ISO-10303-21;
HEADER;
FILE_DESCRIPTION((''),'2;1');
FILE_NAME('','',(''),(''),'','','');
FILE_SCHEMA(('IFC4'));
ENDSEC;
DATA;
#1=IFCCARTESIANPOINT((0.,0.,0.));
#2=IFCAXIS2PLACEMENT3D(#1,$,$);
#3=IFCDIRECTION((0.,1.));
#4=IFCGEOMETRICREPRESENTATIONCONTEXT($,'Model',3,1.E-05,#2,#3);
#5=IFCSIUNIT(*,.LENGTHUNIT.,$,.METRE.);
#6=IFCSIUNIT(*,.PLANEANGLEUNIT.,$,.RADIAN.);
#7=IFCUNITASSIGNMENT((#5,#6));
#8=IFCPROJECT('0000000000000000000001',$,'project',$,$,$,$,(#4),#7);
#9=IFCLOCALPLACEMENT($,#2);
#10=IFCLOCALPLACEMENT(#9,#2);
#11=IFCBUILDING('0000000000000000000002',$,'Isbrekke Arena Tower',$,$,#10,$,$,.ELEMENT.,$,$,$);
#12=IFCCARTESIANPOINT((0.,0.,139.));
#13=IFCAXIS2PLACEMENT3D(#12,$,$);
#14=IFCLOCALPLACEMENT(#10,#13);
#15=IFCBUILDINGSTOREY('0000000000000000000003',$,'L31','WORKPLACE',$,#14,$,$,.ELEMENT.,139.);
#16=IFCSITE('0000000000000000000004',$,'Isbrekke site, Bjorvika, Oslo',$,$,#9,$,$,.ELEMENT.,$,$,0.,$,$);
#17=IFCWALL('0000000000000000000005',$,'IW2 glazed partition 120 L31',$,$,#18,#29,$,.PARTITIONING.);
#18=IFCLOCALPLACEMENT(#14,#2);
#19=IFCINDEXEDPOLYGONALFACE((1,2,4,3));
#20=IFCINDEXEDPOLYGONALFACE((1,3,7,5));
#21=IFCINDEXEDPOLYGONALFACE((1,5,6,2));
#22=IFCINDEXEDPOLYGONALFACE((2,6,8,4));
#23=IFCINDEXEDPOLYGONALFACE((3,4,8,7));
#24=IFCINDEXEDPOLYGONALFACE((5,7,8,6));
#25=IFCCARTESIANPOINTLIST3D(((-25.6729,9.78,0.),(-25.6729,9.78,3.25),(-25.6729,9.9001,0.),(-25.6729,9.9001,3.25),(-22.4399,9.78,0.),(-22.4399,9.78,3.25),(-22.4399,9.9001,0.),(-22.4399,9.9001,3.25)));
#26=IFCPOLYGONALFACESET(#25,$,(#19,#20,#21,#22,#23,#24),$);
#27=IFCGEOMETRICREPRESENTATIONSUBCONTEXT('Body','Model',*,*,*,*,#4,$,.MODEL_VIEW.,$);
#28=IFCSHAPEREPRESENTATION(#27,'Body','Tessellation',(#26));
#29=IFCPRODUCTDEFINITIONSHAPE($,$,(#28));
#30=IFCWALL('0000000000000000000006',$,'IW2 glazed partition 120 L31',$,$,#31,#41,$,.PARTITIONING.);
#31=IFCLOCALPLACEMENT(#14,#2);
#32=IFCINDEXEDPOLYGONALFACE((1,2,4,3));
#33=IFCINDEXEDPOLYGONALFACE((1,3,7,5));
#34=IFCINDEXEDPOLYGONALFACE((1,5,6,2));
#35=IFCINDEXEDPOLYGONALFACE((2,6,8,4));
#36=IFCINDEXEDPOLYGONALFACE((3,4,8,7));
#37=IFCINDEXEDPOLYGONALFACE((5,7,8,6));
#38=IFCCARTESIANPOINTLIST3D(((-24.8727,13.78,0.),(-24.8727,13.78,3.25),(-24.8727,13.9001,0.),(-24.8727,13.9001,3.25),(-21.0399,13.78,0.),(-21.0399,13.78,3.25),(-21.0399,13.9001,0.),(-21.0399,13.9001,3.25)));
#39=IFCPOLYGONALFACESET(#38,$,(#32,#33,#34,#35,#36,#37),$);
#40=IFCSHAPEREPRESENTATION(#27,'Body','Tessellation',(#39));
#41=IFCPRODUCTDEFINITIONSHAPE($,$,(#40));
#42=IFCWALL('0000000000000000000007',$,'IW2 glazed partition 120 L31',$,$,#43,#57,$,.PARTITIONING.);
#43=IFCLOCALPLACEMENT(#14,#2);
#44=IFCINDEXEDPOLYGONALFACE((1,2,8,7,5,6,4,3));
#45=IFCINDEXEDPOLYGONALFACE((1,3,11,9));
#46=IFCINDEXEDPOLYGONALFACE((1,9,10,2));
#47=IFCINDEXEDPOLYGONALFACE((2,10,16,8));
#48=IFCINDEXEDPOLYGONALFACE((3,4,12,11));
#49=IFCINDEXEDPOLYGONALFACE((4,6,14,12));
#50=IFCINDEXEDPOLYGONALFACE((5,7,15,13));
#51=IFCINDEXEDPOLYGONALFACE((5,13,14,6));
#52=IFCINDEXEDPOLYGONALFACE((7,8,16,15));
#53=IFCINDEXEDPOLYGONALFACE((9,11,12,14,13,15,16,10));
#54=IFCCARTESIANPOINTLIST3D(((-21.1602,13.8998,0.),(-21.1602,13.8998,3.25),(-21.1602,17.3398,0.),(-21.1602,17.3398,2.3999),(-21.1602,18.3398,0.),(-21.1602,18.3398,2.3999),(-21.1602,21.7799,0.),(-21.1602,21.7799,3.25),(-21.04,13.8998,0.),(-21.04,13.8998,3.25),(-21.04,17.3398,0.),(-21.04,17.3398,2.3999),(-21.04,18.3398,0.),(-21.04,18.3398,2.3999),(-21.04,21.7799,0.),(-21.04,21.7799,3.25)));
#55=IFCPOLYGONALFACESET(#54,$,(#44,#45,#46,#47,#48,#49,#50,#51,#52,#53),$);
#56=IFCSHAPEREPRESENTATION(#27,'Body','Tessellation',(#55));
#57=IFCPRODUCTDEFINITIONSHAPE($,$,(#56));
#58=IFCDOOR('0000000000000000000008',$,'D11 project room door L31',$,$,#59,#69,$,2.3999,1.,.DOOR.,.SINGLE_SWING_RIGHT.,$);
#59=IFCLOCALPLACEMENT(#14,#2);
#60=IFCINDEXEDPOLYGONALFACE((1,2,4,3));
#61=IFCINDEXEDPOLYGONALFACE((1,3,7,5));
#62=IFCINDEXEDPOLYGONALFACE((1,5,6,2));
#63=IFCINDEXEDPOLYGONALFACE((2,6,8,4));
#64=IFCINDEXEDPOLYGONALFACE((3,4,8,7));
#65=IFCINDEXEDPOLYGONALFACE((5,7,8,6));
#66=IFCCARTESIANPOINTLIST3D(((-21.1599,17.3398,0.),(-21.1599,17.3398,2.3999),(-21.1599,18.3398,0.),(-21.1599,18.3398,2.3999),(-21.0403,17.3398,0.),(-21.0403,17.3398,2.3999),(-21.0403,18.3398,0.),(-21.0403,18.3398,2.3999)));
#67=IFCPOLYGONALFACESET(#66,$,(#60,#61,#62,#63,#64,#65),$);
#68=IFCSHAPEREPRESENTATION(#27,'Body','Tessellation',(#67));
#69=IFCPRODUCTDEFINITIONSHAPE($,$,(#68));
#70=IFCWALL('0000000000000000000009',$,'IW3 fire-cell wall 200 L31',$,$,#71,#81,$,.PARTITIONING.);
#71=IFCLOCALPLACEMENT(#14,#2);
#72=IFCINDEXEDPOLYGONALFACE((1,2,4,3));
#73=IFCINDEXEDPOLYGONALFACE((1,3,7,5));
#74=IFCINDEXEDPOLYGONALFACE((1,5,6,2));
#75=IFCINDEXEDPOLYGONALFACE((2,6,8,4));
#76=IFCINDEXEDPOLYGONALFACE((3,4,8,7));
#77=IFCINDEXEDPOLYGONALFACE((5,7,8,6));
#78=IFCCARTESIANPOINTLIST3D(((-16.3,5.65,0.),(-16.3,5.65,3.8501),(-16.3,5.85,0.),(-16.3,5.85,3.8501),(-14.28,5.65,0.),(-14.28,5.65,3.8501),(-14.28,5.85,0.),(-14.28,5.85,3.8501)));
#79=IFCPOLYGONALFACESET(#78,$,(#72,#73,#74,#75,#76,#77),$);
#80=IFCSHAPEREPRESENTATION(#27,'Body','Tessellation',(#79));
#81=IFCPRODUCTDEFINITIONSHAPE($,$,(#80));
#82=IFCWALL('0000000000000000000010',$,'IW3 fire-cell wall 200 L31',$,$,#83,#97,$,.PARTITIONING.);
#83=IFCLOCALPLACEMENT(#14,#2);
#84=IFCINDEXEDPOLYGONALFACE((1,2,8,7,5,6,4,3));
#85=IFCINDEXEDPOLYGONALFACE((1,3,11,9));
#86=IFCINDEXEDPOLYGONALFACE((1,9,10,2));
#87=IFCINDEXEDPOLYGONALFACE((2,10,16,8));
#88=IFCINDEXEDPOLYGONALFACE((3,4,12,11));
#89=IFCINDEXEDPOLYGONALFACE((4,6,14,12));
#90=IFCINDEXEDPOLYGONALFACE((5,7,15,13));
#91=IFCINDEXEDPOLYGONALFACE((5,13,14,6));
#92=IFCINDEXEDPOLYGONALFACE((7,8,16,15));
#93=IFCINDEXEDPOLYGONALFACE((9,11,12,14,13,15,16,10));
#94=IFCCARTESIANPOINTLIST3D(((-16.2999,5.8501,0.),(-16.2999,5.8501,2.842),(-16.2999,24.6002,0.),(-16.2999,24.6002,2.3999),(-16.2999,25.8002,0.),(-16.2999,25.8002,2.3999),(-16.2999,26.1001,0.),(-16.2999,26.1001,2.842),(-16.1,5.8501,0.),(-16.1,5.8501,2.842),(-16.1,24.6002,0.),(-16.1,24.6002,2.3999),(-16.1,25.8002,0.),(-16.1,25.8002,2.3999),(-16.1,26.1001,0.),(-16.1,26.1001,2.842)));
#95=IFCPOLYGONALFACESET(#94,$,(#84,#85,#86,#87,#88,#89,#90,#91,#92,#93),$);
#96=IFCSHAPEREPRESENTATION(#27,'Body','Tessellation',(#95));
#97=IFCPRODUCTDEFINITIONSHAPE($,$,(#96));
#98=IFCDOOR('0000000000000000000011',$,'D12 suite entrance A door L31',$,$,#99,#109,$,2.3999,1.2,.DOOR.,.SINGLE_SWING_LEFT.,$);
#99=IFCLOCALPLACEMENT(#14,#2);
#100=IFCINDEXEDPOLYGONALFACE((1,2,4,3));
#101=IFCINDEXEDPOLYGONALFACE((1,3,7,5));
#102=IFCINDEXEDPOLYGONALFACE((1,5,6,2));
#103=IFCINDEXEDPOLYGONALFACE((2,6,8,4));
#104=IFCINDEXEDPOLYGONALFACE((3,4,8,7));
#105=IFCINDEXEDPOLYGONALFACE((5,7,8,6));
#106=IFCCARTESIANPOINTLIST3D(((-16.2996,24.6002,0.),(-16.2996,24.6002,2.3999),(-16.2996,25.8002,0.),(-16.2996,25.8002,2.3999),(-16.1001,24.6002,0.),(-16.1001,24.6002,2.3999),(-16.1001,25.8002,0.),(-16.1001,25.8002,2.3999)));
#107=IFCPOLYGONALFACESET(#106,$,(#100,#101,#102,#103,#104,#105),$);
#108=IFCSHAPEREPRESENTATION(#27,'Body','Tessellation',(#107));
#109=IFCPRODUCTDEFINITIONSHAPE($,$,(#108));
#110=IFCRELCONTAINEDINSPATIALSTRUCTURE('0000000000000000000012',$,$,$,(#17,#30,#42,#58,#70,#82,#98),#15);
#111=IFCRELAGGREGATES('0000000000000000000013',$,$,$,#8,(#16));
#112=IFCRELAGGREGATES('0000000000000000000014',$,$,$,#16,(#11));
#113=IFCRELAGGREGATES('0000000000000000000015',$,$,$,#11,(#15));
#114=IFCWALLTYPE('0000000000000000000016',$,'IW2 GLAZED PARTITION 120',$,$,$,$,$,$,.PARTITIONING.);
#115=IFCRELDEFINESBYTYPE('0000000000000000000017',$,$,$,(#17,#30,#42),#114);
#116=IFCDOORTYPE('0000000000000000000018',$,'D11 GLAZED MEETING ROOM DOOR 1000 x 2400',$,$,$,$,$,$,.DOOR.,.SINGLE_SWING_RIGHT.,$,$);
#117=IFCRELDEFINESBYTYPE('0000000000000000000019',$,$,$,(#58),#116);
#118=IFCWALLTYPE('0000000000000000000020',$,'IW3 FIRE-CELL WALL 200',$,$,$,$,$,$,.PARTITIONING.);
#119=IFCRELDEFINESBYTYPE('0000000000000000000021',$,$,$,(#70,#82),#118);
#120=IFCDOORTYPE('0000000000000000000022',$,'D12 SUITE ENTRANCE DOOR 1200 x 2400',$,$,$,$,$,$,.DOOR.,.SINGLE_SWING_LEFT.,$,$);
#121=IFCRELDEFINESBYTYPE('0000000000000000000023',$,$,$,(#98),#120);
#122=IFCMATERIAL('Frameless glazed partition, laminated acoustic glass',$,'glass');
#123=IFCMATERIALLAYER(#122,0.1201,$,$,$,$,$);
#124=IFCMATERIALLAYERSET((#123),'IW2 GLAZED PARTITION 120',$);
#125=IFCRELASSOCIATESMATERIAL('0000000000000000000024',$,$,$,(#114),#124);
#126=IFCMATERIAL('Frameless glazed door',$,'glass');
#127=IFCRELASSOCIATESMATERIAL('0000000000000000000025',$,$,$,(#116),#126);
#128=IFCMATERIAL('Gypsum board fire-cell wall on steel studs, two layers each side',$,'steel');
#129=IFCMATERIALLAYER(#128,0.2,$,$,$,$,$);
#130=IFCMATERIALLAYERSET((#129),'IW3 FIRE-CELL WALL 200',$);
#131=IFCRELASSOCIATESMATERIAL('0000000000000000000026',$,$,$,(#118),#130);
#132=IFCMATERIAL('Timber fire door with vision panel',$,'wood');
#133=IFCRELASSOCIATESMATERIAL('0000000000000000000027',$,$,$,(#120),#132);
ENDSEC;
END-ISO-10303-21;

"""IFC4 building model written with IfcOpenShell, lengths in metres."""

from ifc_helpers import new_model, si_unit, direction, frame, frame_2d, origin, place, context, subcontext, project, spatial, rectangle, extrude, material, layer, layer_set, type_object, element, fill, save


model = new_model("IFC4")

# Units and contexts
model_context = context("Model", 3, precision=1e-05, world=origin(), true_north=direction((0.0, 1.0)))
body_context = subcontext(model_context, "Body", "Model", "MODEL_VIEW")
ifc_project = project(units=[si_unit("LENGTHUNIT", "METRE"), si_unit("PLANEANGLEUNIT", "RADIAN")], contexts=[model_context])

# Site, building, storey
site_placement = place(None, origin())
site = spatial("IfcSite", under=ifc_project, at=site_placement, Name="Isbrekke site, Bjorvika, Oslo", CompositionType="ELEMENT", RefElevation=0.0)
building_placement = place(site_placement, origin())
building = spatial("IfcBuilding", under=site, at=building_placement, Name="Isbrekke Arena Tower", CompositionType="ELEMENT")
storey_placement = place(building_placement, frame((0.0, 0.0, 139.0)))
storey = spatial("IfcBuildingStorey", under=building, at=storey_placement, Name="L31", Description="WORKPLACE", CompositionType="ELEMENT", Elevation=139.0)

# Walls
ifc_material_1 = material(Name="Frameless glazed partition, laminated acoustic glass", Category="glass")
ifc_layer_1 = layer(ifc_material_1, 0.1201)
ifc_layer_set_1 = layer_set([ifc_layer_1], Name="IW2 GLAZED PARTITION 120")
wall_type_1 = type_object("IfcWallType", Name="IW2 GLAZED PARTITION 120", PredefinedType="PARTITIONING", material=ifc_layer_set_1)
wall_1_placement = place(storey_placement, frame((-25.6729, 9.8401, 0.0), z_axis=(0.0, 0.0, 1.0), x_axis=(1.0, 0.0, 0.0)))
element("IfcWall", 1, at=wall_1_placement, inside=storey, type_object=wall_type_1, Name="IW2 glazed partition 120 L31", PredefinedType="PARTITIONING", context=body_context, shape_type="SweptSolid", body=[
    extrude(rectangle(XDim=3.2329, YDim=0.1201, at=frame_2d((1.6165, 0.0))), origin(), (0.0, 0.0, 1.0), 3.25),
])
wall_2_placement = place(storey_placement, frame((-24.8728, 13.8401, 0.0), z_axis=(0.0, 0.0, 1.0), x_axis=(1.0, 0.0, 0.0)))
element("IfcWall", 2, at=wall_2_placement, inside=storey, type_object=wall_type_1, Name="IW2 glazed partition 120 L31", PredefinedType="PARTITIONING", context=body_context, shape_type="SweptSolid", body=[
    extrude(rectangle(XDim=3.8328, YDim=0.1201, at=frame_2d((1.9165, 0.0))), origin(), (0.0, 0.0, 1.0), 3.25),
])

# Wall, opening, door
wall_3_placement = place(storey_placement, frame((-21.1001, 13.8999, 0.0), z_axis=(0.0, 0.0, 1.0), x_axis=(0.0, 1.0, 0.0)))
wall_3 = element("IfcWall", 3, at=wall_3_placement, inside=storey, type_object=wall_type_1, Name="IW2 glazed partition 120 L31", PredefinedType="PARTITIONING", context=body_context, shape_type="SweptSolid", body=[
    extrude(rectangle(XDim=7.8801, YDim=0.1201, at=frame_2d((3.9399, 0.0))), origin(), (0.0, 0.0, 1.0), 3.25),
])
opening_1_placement = place(wall_3_placement, frame((3.4399, 0.0, 0.0)))
opening_1 = element("IfcOpeningElement", 4, at=opening_1_placement, cuts=wall_3, PredefinedType="OPENING", context=body_context, shape_type="SweptSolid", body=[
    extrude(rectangle(XDim=1.0, YDim=2.3999, at=frame_2d((0.5, 1.2))), frame((0.0, 0.075, 0.0), z_axis=(0.0, -1.0, 0.0), x_axis=(1.0, 0.0, 0.0)), (0.0, 0.0, 1.0), 0.1499),
])
ifc_material_2 = material(Name="Frameless glazed door", Category="glass")
door_type_1 = type_object("IfcDoorType", Name="D11 GLAZED MEETING ROOM DOOR 1000 x 2400", OperationType="SINGLE_SWING_RIGHT", PredefinedType="DOOR", material=ifc_material_2)
door_1_placement = place(opening_1_placement, origin())
door_1 = element("IfcDoor", 5, at=door_1_placement, inside=storey, type_object=door_type_1, Name="D11 project room door L31", OperationType="SINGLE_SWING_RIGHT", OverallHeight=2.3999, OverallWidth=1.0, PredefinedType="DOOR", context=body_context, shape_type="SweptSolid", body=[
    extrude(rectangle(XDim=1.0, YDim=2.3999, at=frame_2d((0.5, 1.2))), frame((0.0, 0.0598, 0.0), z_axis=(0.0, -1.0, 0.0), x_axis=(1.0, 0.0, 0.0)), (0.0, 0.0, 1.0), 0.1196),
])
fill(opening_1, door_1)

# Wall
ifc_material_3 = material(Name="Gypsum board fire-cell wall on steel studs, two layers each side", Category="steel")
ifc_layer_2 = layer(ifc_material_3, 0.2)
ifc_layer_set_2 = layer_set([ifc_layer_2], Name="IW3 FIRE-CELL WALL 200")
wall_type_2 = type_object("IfcWallType", Name="IW3 FIRE-CELL WALL 200", PredefinedType="PARTITIONING", material=ifc_layer_set_2)
wall_4_placement = place(storey_placement, frame((-16.3, 5.75, 0.0), z_axis=(0.0, 0.0, 1.0), x_axis=(1.0, 0.0, 0.0)))
element("IfcWall", 6, at=wall_4_placement, inside=storey, type_object=wall_type_2, Name="IW3 fire-cell wall 200 L31", PredefinedType="PARTITIONING", context=body_context, shape_type="SweptSolid", body=[
    extrude(rectangle(XDim=2.02, YDim=0.2, at=frame_2d((1.01, 0.0))), origin(), (0.0, 0.0, 1.0), 3.8501),
])

# Wall, opening, door
wall_5_placement = place(storey_placement, frame((-16.2, 5.8501, 0.0), z_axis=(0.0, 0.0, 1.0), x_axis=(0.0, 1.0, 0.0)))
wall_5 = element("IfcWall", 7, at=wall_5_placement, inside=storey, type_object=wall_type_2, Name="IW3 fire-cell wall 200 L31", PredefinedType="PARTITIONING", context=body_context, shape_type="SweptSolid", body=[
    extrude(rectangle(XDim=20.25, YDim=0.2, at=frame_2d((10.125, 0.0))), origin(), (0.0, 0.0, 1.0), 2.842),
])
opening_2_placement = place(wall_5_placement, frame((18.75, 0.0, 0.0)))
opening_2 = element("IfcOpeningElement", 8, at=opening_2_placement, cuts=wall_5, PredefinedType="OPENING", context=body_context, shape_type="SweptSolid", body=[
    extrude(rectangle(XDim=1.2, YDim=2.3999, at=frame_2d((0.6001, 1.2))), frame((0.0, 0.1147, 0.0), z_axis=(0.0, -1.0, 0.0), x_axis=(1.0, 0.0, 0.0)), (0.0, 0.0, 1.0), 0.2297),
])
ifc_material_4 = material(Name="Timber fire door with vision panel", Category="wood")
door_type_2 = type_object("IfcDoorType", Name="D12 SUITE ENTRANCE DOOR 1200 x 2400", OperationType="SINGLE_SWING_LEFT", PredefinedType="DOOR", material=ifc_material_4)
door_2_placement = place(opening_2_placement, origin())
door_2 = element("IfcDoor", 9, at=door_2_placement, inside=storey, type_object=door_type_2, Name="D12 suite entrance A door L31", OperationType="SINGLE_SWING_LEFT", OverallHeight=2.3999, OverallWidth=1.2, PredefinedType="DOOR", context=body_context, shape_type="SweptSolid", body=[
    extrude(rectangle(XDim=1.2, YDim=2.3999, at=frame_2d((0.6001, 1.2))), frame((0.0, 0.0996, 0.0), z_axis=(0.0, -1.0, 0.0), x_axis=(1.0, 0.0, 0.0)), (0.0, 0.0, 1.0), 0.1995),
])
fill(opening_2, door_2)

save(model, "model.ifc")
